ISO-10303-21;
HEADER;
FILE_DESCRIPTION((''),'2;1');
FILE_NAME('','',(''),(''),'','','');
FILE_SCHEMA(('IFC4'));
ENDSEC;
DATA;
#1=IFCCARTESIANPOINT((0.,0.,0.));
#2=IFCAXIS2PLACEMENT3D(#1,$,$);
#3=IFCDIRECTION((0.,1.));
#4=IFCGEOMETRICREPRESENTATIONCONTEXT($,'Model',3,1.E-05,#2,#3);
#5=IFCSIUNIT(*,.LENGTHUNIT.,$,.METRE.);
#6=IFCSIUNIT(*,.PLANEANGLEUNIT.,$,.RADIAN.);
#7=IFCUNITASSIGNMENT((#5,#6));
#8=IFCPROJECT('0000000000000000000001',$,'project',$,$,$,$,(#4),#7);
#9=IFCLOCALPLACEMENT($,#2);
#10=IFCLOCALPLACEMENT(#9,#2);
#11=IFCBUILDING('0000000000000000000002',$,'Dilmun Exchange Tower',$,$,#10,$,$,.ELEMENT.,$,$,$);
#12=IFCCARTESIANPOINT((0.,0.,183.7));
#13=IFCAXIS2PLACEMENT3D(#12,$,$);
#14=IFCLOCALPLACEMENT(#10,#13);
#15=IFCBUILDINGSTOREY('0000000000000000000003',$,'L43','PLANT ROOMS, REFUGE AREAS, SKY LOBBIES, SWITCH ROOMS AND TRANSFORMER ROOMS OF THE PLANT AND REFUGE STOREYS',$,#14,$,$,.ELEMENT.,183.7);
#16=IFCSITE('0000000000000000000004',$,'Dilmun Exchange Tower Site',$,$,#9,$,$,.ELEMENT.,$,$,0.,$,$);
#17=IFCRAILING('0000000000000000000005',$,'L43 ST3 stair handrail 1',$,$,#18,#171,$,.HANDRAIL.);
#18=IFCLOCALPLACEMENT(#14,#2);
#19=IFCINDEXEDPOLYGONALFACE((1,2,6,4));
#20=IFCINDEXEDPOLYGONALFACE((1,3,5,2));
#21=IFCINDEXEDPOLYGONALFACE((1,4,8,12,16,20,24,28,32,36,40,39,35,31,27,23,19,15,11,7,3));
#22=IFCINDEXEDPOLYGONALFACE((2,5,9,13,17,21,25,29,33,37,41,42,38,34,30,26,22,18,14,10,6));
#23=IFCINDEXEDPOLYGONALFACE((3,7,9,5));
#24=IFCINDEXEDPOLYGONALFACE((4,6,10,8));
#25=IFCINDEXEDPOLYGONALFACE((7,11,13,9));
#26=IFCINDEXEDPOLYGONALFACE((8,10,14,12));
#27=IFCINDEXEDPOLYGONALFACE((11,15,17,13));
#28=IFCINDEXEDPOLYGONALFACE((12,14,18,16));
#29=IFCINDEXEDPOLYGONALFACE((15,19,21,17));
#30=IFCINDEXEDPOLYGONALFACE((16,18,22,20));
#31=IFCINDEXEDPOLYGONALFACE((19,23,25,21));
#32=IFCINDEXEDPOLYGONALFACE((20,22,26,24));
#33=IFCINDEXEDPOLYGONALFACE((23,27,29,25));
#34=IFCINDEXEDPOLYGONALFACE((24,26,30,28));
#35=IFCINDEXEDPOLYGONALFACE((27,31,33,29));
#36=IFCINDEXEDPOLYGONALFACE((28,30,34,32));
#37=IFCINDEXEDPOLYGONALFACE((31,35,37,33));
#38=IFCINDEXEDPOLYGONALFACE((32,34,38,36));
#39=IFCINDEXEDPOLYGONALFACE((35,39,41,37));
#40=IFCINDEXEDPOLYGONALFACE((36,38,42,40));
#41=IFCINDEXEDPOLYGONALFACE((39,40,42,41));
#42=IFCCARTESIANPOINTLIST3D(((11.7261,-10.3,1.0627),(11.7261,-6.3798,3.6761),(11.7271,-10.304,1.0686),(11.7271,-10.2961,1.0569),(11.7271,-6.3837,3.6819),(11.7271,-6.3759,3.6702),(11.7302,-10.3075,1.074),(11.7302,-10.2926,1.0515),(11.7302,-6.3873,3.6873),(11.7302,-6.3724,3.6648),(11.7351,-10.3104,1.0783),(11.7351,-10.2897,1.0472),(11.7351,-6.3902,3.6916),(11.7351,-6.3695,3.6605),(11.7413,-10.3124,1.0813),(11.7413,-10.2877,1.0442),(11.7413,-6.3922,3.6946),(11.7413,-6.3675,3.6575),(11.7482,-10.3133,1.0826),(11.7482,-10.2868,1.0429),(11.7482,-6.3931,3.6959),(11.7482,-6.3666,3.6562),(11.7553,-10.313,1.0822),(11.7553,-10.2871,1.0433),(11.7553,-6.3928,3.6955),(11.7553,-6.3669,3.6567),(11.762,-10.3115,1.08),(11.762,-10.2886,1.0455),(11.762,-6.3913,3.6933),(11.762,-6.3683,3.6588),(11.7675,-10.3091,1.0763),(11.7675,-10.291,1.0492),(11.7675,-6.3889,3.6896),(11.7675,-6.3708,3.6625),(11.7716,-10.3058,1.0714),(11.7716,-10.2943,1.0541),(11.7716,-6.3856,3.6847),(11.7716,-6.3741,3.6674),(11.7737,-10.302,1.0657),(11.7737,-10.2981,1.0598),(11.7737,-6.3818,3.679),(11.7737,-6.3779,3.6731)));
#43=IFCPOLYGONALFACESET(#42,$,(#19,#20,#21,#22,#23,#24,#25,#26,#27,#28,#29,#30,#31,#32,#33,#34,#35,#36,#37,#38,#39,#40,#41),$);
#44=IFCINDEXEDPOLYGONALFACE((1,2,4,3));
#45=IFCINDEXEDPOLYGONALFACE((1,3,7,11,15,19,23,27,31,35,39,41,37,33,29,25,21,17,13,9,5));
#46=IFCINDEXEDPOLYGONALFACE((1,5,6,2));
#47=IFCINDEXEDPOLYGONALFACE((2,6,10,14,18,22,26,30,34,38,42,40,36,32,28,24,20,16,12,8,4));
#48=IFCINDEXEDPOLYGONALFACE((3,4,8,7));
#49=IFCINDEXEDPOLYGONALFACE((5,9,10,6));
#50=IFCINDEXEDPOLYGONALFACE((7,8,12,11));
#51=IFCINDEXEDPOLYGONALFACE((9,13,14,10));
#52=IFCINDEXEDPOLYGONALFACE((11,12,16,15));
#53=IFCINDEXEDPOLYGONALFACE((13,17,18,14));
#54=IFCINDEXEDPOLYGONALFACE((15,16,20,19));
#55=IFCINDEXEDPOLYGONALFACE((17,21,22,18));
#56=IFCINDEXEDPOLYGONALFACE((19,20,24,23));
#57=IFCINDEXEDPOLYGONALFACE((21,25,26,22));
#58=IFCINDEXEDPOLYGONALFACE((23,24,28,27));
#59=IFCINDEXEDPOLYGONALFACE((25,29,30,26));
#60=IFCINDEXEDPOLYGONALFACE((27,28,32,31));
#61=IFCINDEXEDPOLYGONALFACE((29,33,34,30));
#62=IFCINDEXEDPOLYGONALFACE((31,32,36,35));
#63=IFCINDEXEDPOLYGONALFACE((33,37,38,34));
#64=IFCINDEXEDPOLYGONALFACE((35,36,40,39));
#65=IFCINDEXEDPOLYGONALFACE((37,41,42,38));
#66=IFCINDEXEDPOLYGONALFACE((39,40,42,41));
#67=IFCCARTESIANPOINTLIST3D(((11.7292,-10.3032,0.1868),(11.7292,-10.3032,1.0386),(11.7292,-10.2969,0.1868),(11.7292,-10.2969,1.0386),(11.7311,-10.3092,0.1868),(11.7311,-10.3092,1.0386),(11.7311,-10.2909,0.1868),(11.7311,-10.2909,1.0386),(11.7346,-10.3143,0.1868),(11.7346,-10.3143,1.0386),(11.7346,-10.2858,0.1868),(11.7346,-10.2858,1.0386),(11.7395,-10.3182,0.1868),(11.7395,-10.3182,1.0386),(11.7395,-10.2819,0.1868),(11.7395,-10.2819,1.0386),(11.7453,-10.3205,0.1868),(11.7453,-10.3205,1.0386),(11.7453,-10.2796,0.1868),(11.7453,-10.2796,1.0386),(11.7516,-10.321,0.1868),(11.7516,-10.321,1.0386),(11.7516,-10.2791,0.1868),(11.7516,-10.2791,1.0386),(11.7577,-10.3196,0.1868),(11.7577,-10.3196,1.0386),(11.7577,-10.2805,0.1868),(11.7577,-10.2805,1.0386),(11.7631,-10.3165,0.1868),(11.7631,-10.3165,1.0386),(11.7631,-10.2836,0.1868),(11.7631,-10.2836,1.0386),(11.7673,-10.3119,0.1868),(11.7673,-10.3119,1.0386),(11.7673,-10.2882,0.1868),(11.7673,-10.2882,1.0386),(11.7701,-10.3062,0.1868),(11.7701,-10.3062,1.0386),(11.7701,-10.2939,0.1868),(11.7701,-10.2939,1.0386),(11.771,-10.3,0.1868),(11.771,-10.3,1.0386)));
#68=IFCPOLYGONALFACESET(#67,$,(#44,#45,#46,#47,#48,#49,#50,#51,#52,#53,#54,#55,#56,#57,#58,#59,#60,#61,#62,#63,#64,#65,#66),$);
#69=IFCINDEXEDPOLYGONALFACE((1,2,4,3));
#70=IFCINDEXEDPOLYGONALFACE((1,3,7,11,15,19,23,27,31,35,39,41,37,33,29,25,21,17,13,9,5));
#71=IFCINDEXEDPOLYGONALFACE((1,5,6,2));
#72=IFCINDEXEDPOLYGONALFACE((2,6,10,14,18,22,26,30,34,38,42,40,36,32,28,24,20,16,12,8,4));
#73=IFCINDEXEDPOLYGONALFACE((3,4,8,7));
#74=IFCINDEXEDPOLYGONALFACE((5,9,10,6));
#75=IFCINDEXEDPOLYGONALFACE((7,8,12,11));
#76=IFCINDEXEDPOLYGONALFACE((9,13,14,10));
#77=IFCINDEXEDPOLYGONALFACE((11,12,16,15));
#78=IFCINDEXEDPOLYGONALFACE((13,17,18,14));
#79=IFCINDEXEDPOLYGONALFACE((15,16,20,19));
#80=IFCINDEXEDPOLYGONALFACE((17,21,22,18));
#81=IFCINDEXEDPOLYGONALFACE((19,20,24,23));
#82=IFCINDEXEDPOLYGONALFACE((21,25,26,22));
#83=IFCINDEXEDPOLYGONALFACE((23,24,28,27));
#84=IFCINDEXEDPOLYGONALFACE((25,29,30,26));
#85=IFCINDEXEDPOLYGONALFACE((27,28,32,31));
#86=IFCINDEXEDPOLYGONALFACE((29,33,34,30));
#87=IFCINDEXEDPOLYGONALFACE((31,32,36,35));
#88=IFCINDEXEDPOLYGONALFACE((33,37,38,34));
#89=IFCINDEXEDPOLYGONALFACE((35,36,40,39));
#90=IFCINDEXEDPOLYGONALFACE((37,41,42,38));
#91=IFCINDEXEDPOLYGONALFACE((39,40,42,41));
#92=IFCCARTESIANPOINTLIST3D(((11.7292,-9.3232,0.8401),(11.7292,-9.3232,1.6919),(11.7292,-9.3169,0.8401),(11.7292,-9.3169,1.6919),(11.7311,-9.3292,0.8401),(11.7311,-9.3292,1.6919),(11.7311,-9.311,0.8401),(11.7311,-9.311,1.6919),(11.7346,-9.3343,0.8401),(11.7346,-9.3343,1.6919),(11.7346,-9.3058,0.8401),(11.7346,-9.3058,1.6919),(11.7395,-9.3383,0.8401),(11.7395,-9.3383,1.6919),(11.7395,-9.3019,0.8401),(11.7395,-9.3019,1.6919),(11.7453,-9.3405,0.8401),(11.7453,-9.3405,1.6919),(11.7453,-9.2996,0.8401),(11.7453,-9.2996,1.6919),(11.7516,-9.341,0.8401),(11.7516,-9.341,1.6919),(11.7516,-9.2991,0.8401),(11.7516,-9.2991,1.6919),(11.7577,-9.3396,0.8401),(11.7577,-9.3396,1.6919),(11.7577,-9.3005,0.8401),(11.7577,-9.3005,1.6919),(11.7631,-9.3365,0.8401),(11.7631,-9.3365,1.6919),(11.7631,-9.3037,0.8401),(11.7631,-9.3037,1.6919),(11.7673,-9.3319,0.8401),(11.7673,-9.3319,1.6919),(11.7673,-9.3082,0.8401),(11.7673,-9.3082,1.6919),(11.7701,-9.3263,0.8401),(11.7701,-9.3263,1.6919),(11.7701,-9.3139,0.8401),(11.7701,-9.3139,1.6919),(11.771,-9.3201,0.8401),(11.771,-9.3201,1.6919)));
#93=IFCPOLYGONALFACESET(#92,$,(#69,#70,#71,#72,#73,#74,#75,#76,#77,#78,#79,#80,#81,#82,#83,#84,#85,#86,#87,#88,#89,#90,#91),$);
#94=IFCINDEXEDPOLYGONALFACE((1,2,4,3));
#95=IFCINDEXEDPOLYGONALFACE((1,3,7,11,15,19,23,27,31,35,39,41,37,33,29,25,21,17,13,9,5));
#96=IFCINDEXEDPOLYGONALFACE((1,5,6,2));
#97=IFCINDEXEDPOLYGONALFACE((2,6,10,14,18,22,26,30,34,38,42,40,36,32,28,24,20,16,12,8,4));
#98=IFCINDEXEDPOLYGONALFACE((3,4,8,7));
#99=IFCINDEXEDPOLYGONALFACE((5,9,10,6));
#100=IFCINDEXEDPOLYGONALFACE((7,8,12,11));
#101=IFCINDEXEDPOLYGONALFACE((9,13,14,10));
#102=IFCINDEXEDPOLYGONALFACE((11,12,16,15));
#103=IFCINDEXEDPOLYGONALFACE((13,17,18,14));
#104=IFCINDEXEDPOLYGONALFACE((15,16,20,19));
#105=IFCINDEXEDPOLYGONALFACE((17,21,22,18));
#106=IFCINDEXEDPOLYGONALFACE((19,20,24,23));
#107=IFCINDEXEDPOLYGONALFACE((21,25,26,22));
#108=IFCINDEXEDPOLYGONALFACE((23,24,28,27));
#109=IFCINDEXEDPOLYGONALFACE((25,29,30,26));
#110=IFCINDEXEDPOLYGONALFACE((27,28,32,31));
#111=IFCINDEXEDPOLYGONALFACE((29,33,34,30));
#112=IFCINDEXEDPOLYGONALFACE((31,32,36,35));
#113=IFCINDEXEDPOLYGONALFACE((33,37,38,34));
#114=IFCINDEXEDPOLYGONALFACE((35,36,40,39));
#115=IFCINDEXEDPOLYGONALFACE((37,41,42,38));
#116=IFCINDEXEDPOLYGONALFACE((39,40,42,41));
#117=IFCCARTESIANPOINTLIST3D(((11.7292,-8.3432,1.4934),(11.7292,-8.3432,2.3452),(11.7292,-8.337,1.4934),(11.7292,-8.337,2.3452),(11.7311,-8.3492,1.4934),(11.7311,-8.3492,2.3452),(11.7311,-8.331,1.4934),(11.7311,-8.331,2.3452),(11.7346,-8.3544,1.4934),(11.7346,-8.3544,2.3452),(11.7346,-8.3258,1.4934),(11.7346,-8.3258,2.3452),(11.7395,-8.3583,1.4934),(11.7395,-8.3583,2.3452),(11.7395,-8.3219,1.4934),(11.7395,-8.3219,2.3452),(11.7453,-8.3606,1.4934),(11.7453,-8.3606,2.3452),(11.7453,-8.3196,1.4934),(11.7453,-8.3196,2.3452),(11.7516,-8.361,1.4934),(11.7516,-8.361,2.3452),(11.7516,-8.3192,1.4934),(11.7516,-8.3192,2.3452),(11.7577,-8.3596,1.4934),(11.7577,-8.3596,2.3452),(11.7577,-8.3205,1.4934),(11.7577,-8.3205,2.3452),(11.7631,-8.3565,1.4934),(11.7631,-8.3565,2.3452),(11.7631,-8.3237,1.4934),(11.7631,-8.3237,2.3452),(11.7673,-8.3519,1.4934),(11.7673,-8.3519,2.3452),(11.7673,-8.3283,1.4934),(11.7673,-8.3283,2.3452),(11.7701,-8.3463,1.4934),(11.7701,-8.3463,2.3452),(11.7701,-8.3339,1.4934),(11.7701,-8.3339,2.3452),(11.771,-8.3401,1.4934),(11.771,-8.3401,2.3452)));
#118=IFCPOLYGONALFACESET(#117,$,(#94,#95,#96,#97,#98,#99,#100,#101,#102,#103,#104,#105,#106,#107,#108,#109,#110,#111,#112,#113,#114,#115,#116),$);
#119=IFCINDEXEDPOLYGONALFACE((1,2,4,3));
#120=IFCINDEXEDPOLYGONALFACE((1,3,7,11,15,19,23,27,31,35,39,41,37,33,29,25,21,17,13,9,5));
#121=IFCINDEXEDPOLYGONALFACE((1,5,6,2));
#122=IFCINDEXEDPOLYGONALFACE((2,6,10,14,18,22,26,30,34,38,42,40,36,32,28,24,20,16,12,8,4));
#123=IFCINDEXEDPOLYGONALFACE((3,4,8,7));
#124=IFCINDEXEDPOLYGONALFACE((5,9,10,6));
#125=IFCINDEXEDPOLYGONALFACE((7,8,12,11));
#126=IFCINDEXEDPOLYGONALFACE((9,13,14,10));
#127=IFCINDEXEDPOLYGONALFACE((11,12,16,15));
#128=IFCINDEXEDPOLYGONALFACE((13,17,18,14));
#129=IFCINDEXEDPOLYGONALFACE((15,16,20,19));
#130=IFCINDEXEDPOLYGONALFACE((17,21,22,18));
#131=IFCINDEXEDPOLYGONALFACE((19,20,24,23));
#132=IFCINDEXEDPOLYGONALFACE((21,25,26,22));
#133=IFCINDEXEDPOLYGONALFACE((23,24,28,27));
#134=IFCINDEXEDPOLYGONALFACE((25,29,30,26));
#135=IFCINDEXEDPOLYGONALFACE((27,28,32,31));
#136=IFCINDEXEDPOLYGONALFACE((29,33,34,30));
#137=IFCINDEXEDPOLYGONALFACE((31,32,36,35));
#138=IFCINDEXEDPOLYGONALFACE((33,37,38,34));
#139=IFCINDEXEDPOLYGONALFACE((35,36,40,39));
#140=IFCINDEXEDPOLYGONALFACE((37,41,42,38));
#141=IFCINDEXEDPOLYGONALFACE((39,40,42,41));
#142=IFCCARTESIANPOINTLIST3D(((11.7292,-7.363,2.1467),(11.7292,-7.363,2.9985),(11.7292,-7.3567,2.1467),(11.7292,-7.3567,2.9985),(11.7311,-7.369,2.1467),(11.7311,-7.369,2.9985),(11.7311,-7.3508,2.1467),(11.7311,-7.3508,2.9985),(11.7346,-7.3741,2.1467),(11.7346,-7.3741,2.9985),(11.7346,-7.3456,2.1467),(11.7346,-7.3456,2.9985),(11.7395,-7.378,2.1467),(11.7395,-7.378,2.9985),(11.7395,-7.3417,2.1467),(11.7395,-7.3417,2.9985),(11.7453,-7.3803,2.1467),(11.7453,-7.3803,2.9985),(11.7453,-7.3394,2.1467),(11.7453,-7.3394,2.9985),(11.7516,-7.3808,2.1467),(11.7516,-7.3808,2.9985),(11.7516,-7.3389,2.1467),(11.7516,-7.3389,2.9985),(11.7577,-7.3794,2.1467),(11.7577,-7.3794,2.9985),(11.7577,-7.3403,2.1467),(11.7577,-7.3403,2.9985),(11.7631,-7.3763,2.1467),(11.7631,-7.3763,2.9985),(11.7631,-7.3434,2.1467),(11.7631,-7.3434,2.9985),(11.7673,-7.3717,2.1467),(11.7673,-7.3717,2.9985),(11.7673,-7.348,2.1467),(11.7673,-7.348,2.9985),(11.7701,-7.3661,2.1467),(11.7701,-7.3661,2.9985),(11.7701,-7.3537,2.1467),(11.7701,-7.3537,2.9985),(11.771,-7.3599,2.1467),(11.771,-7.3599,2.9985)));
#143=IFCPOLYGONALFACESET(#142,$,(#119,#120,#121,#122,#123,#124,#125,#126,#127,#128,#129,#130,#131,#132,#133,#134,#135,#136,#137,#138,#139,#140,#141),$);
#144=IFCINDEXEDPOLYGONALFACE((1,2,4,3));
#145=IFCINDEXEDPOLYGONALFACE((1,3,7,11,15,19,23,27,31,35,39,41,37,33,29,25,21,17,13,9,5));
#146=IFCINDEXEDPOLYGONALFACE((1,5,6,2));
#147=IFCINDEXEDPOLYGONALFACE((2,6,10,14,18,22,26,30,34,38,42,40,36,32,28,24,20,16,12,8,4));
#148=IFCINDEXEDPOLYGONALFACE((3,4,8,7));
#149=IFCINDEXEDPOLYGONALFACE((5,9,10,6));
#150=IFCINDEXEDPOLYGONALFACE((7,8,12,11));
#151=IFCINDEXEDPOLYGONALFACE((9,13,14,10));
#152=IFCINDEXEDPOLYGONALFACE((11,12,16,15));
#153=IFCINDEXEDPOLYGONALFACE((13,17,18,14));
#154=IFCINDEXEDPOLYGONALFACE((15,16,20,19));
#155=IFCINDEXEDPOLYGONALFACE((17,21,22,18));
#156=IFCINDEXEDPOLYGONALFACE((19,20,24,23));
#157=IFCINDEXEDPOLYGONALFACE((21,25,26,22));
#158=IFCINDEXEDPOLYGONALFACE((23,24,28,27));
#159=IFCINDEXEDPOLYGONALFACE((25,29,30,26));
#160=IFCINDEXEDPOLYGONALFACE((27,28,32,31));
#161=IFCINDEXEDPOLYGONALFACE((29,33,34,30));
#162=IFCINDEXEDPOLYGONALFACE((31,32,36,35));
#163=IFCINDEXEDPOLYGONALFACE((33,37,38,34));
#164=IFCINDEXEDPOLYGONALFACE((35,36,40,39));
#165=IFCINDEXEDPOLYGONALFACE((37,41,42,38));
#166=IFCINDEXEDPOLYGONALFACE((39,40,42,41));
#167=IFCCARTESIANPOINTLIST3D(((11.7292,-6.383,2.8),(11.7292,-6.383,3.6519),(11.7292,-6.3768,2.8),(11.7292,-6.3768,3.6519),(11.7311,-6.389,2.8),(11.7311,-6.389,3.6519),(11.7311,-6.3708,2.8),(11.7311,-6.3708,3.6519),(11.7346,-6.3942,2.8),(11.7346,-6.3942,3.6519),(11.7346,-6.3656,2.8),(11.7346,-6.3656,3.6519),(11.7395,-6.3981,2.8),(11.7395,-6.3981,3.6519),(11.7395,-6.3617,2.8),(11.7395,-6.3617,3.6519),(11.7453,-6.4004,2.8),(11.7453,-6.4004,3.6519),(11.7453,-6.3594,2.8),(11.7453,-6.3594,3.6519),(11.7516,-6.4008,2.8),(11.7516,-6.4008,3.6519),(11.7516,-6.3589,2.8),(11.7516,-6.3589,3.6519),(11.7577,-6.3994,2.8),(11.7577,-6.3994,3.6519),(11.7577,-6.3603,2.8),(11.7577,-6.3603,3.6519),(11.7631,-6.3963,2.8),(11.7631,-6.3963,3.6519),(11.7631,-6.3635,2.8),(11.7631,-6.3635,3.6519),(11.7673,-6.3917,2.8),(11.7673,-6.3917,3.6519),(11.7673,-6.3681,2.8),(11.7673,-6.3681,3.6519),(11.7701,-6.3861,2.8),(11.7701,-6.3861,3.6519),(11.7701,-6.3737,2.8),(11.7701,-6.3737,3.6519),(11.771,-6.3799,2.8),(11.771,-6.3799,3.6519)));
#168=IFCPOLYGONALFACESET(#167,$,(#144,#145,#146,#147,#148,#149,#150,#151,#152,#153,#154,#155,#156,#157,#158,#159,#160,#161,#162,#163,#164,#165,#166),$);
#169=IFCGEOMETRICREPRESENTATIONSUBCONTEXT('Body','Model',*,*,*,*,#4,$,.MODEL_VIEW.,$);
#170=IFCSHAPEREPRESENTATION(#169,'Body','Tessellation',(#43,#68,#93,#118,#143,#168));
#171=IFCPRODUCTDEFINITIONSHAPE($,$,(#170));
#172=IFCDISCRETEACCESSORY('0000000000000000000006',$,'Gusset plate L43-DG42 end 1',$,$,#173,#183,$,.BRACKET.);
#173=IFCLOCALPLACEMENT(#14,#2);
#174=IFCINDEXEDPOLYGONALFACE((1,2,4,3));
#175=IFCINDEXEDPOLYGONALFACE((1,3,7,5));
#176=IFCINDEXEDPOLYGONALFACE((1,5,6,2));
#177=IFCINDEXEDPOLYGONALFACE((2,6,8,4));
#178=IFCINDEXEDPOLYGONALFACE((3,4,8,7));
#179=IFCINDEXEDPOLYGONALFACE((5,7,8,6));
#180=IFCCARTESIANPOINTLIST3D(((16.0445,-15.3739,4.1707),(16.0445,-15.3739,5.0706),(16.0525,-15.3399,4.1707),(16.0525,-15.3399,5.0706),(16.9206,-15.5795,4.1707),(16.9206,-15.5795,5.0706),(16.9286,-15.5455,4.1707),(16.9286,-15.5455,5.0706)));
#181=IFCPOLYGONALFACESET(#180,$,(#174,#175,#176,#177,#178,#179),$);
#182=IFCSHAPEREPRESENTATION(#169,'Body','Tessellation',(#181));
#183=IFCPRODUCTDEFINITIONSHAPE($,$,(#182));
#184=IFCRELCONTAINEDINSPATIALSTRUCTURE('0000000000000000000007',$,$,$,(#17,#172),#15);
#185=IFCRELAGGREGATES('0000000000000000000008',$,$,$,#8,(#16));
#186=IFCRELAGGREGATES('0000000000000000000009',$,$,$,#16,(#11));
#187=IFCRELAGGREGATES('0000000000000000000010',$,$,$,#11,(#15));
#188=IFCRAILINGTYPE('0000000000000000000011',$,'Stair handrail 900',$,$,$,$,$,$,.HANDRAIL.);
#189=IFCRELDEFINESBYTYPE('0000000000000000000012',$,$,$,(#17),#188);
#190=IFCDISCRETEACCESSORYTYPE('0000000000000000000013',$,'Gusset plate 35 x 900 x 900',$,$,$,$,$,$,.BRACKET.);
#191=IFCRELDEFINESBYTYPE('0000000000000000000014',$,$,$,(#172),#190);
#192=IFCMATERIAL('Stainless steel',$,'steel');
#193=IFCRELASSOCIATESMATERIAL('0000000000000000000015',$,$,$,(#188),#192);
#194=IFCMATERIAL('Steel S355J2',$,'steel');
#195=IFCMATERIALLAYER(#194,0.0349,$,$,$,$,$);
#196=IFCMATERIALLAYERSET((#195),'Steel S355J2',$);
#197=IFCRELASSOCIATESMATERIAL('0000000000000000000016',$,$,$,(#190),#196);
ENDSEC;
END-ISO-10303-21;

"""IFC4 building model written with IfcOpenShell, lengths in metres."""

from ifc_helpers import new_model, si_unit, direction, frame, origin, origin_2d, place, context, subcontext, project, spatial, rectangle, circle, extrude, material, layer, layer_set, type_object, element, save


model = new_model("IFC4")

# Units and contexts
model_context = context("Model", 3, precision=1e-05, world=origin(), true_north=direction((0.0, 1.0)))
body_context = subcontext(model_context, "Body", "Model", "MODEL_VIEW")
ifc_project = project(units=[si_unit("LENGTHUNIT", "METRE"), si_unit("PLANEANGLEUNIT", "RADIAN")], contexts=[model_context])

# Site, building, storey
site_placement = place(None, origin())
site = spatial("IfcSite", under=ifc_project, at=site_placement, Name="Dilmun Exchange Tower Site", CompositionType="ELEMENT", RefElevation=0.0)
building_placement = place(site_placement, origin())
building = spatial("IfcBuilding", under=site, at=building_placement, Name="Dilmun Exchange Tower", CompositionType="ELEMENT")
storey_placement = place(building_placement, frame((0.0, 0.0, 183.7)))
storey = spatial("IfcBuildingStorey", under=building, at=storey_placement, Name="L43", Description="PLANT ROOMS, REFUGE AREAS, SKY LOBBIES, SWITCH ROOMS AND TRANSFORMER ROOMS OF THE PLANT AND REFUGE STOREYS", CompositionType="ELEMENT", Elevation=183.7)

# Railing
ifc_material_1 = material(Name="Stainless steel", Category="steel")
railing_type = type_object("IfcRailingType", Name="Stair handrail 900", PredefinedType="HANDRAIL", material=ifc_material_1)
railing_placement = place(storey_placement, frame((11.75, -10.3, 0.1868)))
element("IfcRailing", 1, at=railing_placement, inside=storey, type_object=railing_type, Name="L43 ST3 stair handrail 1", PredefinedType="HANDRAIL", context=body_context, shape_type="SweptSolid", body=[
    extrude(circle(Radius=0.0239, at=origin_2d()), frame((0.0, 0.0, 0.876), z_axis=(0.0, 0.832066, 0.554676), x_axis=(-1.0, 0.0, 0.0)), (0.0, 0.0, 1.0), 4.7114),
    extrude(circle(Radius=0.021, at=origin_2d()), origin(), (0.0, 0.0, 1.0), 0.8518),
    extrude(circle(Radius=0.021, at=origin_2d()), frame((0.0, 0.98, 0.6533)), (0.0, 0.0, 1.0), 0.8518),
    extrude(circle(Radius=0.021, at=origin_2d()), frame((0.0, 1.96, 1.3066)), (0.0, 0.0, 1.0), 0.8518),
    extrude(circle(Radius=0.021, at=origin_2d()), frame((0.0, 2.9402, 1.96)), (0.0, 0.0, 1.0), 0.8518),
    extrude(circle(Radius=0.021, at=origin_2d()), frame((0.0, 3.9202, 2.6133)), (0.0, 0.0, 1.0), 0.8518),
])

# Discrete accessory
ifc_material_2 = material(Name="Steel S355J2", Category="steel")
ifc_layer_1 = layer(ifc_material_2, 0.0349)
ifc_layer_set_1 = layer_set([ifc_layer_1], Name="Steel S355J2")
discrete_accessory_type = type_object("IfcDiscreteAccessoryType", Name="Gusset plate 35 x 900 x 900", PredefinedType="BRACKET", material=ifc_layer_set_1)
discrete_accessory_placement = place(storey_placement, frame((16.4866, -15.4597, 4.1707), z_axis=(0.0, 0.0, 1.0), x_axis=(0.973561, -0.228429, 0.0)))
element("IfcDiscreteAccessory", 2, at=discrete_accessory_placement, inside=storey, type_object=discrete_accessory_type, Name="Gusset plate L43-DG42 end 1", PredefinedType="BRACKET", context=body_context, shape_type="SweptSolid", body=[
    extrude(rectangle(XDim=0.8999, YDim=0.0349, at=origin_2d()), origin(), (0.0, 0.0, 1.0), 0.8999),
])

save(model, "model.ifc")
